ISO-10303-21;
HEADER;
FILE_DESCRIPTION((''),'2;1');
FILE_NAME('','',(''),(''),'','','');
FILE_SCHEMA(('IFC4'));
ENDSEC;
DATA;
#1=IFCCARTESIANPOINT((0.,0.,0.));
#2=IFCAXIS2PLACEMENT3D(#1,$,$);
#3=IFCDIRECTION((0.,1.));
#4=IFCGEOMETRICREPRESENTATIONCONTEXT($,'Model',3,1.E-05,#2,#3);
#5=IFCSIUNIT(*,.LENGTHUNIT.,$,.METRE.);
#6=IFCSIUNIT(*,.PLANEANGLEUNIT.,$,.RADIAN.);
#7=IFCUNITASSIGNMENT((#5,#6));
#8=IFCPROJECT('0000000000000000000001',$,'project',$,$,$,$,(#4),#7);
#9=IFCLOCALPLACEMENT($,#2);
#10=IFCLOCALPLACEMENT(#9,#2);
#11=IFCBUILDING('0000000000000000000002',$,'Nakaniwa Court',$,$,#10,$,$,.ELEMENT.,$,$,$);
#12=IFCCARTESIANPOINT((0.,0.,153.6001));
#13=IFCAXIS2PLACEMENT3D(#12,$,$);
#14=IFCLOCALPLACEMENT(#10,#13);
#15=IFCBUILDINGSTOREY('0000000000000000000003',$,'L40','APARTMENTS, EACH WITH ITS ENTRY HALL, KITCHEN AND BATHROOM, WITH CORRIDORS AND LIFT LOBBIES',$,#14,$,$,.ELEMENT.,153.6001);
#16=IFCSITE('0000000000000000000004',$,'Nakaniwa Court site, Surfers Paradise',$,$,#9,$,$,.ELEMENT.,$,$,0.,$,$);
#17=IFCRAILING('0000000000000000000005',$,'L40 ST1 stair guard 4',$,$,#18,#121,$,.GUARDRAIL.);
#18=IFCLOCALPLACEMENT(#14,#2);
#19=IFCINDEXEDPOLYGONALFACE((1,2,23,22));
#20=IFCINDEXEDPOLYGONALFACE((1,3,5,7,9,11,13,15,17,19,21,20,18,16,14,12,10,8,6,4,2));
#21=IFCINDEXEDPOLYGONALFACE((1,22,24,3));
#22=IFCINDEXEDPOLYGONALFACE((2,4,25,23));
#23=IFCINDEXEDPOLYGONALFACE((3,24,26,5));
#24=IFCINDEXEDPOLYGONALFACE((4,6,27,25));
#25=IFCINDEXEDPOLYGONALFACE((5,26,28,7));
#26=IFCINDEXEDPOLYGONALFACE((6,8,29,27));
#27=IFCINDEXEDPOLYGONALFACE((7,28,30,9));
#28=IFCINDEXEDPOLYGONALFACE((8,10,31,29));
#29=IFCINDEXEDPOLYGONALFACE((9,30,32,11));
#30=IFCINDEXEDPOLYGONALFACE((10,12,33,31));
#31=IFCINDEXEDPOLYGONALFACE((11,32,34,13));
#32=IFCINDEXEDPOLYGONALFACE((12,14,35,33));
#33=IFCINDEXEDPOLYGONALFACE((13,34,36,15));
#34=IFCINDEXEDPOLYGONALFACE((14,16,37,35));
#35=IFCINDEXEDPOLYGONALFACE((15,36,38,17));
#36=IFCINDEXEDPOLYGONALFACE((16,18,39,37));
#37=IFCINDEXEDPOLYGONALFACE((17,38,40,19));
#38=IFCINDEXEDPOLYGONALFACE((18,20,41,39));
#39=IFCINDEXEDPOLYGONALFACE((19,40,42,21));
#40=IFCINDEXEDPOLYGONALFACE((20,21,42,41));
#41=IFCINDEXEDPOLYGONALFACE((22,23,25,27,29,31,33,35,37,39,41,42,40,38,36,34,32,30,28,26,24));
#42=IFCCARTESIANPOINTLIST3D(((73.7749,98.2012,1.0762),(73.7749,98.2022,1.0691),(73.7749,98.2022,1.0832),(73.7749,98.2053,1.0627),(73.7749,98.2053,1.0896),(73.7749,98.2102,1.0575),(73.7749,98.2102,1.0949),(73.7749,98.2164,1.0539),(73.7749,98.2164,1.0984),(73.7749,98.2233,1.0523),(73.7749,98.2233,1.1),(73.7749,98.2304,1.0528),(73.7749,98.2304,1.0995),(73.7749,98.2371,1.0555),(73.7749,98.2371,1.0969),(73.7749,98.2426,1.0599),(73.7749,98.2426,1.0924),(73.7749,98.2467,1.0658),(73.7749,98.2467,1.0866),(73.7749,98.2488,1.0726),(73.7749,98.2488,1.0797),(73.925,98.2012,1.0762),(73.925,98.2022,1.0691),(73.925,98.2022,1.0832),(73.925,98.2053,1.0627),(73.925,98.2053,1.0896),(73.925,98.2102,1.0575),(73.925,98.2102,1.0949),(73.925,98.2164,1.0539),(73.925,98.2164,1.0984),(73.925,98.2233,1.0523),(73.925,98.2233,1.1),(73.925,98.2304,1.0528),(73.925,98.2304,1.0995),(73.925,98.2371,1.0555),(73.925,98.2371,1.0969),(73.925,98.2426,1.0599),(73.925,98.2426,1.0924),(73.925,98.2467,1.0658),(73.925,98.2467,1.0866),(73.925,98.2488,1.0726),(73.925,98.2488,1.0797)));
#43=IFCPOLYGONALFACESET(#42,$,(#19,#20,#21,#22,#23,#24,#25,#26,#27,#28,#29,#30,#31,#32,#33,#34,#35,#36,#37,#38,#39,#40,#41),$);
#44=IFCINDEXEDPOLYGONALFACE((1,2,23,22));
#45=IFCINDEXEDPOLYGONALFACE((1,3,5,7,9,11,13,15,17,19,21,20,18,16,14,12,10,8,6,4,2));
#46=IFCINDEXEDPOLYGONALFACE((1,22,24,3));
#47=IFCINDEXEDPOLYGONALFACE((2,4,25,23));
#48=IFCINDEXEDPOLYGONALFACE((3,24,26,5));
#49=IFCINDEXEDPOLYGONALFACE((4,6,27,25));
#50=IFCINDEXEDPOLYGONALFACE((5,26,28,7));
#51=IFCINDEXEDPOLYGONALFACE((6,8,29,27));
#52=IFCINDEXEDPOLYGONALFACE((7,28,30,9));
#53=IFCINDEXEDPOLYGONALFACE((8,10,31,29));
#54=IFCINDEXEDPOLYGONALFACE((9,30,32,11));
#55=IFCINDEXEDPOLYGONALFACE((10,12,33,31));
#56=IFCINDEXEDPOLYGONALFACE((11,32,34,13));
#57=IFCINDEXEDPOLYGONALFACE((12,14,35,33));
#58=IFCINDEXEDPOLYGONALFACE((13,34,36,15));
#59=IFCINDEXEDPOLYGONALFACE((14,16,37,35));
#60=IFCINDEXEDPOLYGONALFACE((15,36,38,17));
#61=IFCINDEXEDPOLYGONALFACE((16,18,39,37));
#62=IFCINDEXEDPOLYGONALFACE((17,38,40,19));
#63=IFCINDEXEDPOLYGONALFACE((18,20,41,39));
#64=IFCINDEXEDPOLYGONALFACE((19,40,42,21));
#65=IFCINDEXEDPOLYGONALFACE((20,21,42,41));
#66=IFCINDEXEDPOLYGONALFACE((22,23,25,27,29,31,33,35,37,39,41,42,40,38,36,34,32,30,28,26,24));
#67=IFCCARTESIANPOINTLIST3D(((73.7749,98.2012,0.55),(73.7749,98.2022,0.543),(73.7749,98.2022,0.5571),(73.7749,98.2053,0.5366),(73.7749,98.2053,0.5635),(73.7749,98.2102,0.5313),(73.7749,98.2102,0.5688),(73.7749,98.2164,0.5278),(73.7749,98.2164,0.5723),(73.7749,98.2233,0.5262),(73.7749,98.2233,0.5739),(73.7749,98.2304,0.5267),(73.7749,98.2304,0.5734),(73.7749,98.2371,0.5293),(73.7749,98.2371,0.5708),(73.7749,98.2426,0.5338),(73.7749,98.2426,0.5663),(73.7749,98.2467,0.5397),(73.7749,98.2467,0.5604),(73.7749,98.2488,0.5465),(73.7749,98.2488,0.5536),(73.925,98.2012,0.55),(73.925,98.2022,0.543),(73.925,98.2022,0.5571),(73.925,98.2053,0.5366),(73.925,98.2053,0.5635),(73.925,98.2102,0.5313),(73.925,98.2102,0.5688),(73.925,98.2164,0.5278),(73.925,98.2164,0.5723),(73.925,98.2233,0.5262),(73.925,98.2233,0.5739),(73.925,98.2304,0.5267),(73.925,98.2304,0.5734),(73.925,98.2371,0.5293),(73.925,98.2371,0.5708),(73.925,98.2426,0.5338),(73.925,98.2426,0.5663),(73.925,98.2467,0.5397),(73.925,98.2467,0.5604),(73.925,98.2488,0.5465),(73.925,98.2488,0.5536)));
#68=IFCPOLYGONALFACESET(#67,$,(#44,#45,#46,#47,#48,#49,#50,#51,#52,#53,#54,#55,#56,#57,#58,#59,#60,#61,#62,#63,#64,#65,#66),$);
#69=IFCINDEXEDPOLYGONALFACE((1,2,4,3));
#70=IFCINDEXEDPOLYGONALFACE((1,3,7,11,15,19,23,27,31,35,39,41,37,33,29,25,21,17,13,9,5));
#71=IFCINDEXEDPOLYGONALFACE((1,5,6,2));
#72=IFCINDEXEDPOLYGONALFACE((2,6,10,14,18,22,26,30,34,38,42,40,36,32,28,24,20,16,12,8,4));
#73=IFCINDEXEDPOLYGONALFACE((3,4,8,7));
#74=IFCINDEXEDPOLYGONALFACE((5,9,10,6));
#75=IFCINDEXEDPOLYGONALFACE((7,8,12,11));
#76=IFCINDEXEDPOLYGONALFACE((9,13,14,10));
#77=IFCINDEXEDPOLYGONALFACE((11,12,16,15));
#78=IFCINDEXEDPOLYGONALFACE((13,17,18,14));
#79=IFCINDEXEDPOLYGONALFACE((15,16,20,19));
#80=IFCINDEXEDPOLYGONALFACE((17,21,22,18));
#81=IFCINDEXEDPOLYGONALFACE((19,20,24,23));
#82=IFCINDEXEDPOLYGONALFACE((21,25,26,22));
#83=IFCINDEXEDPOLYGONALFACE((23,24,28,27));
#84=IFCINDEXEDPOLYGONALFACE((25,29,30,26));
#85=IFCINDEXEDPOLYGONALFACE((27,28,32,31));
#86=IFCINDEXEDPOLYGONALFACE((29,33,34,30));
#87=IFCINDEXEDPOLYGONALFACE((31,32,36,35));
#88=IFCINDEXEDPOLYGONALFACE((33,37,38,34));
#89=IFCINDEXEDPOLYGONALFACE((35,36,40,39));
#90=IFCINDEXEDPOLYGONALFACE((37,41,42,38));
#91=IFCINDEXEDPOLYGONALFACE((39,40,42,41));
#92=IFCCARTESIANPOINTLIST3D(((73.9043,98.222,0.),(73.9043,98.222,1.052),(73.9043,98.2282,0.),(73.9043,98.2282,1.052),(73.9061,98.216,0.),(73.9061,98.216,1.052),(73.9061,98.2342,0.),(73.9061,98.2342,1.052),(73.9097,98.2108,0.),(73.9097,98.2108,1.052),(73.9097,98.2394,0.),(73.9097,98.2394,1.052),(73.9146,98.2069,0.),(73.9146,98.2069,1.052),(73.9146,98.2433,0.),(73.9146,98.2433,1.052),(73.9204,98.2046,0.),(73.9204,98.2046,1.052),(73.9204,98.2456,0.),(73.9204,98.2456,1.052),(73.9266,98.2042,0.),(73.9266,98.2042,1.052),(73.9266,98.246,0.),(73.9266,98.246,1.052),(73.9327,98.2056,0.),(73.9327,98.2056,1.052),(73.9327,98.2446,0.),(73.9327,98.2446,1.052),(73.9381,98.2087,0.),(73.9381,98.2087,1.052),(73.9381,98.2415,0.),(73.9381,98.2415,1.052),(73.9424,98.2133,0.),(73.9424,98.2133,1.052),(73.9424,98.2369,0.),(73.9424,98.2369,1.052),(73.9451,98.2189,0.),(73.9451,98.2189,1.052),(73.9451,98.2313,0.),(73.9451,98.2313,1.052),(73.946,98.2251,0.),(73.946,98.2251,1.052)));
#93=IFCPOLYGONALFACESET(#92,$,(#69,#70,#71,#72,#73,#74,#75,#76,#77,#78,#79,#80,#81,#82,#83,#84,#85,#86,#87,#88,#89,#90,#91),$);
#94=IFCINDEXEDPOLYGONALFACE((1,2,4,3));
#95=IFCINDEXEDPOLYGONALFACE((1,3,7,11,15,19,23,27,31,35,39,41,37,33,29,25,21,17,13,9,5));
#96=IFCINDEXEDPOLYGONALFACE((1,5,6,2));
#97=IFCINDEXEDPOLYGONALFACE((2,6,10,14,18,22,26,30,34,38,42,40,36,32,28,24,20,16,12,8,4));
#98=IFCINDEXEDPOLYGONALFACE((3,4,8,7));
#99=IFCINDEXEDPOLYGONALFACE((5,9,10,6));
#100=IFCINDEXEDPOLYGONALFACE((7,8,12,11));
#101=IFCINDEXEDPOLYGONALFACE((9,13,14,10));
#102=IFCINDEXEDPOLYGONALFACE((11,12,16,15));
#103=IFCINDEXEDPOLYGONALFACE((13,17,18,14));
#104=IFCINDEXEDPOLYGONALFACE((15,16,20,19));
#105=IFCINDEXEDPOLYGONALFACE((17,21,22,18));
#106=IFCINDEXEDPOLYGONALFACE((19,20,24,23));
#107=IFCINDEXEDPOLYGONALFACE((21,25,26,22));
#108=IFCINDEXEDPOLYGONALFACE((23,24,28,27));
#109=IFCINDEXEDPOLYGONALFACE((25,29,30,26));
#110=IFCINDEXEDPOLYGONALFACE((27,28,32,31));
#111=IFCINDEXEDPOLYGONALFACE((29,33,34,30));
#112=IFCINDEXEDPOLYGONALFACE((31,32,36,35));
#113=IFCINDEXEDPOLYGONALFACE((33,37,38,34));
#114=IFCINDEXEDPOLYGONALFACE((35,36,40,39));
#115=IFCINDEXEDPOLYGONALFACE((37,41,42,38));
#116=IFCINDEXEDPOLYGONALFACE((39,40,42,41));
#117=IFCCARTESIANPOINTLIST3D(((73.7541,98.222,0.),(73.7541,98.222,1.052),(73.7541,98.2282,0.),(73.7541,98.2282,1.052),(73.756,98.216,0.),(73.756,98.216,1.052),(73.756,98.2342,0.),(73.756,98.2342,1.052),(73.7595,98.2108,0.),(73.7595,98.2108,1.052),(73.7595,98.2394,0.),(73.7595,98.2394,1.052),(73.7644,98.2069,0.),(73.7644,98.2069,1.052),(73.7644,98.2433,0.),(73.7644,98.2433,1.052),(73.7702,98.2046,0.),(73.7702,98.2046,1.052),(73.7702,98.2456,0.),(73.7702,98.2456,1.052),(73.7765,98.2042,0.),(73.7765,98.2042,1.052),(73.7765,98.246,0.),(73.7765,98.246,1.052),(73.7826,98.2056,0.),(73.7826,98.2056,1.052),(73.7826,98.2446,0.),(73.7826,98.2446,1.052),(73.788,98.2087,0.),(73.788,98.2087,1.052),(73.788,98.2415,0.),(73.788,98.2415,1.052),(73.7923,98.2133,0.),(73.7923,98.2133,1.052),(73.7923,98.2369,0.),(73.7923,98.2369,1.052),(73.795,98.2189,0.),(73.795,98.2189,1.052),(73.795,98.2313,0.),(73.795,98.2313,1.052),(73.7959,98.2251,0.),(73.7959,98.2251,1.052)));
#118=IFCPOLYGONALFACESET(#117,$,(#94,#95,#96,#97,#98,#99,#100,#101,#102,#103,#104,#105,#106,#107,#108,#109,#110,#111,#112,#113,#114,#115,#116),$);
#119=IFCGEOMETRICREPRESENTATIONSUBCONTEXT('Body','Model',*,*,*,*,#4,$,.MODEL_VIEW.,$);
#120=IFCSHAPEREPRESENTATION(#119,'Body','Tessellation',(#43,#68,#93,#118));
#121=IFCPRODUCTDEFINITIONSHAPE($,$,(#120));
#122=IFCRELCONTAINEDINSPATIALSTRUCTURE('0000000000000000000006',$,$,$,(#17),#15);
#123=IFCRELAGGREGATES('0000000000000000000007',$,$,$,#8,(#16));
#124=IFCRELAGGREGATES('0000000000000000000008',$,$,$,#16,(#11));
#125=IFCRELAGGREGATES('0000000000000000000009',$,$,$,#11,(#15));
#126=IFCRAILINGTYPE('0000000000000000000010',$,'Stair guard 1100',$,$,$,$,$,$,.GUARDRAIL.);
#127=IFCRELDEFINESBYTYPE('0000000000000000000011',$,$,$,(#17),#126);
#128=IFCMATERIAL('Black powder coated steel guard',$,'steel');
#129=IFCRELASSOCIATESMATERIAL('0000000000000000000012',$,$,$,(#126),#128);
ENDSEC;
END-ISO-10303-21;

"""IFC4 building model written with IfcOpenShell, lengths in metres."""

from ifc_helpers import new_model, si_unit, direction, frame, origin, origin_2d, place, context, subcontext, project, spatial, circle, extrude, material, type_object, element, save


model = new_model("IFC4")

# Units and contexts
model_context = context("Model", 3, precision=1e-05, world=origin(), true_north=direction((0.0, 1.0)))
body_context = subcontext(model_context, "Body", "Model", "MODEL_VIEW")
ifc_project = project(units=[si_unit("LENGTHUNIT", "METRE"), si_unit("PLANEANGLEUNIT", "RADIAN")], contexts=[model_context])

# Site, building, storey
site_placement = place(None, origin())
site = spatial("IfcSite", under=ifc_project, at=site_placement, Name="Nakaniwa Court site, Surfers Paradise", CompositionType="ELEMENT", RefElevation=0.0)
building_placement = place(site_placement, origin())
building = spatial("IfcBuilding", under=site, at=building_placement, Name="Nakaniwa Court", CompositionType="ELEMENT")
storey_placement = place(building_placement, frame((0.0, 0.0, 153.6001)))
storey = spatial("IfcBuildingStorey", under=building, at=storey_placement, Name="L40", Description="APARTMENTS, EACH WITH ITS ENTRY HALL, KITCHEN AND BATHROOM, WITH CORRIDORS AND LIFT LOBBIES", CompositionType="ELEMENT", Elevation=153.6001)

# Railing
ifc_material_1 = material(Name="Black powder coated steel guard", Category="steel")
railing_type_1 = type_object("IfcRailingType", Name="Stair guard 1100", PredefinedType="GUARDRAIL", material=ifc_material_1)
railing_1_placement = place(storey_placement, frame((73.925, 98.2251, 0.0)))
element("IfcRailing", 1, at=railing_1_placement, inside=storey, type_object=railing_type_1, Name="L40 ST1 stair guard 4", PredefinedType="GUARDRAIL", context=body_context, shape_type="SweptSolid", body=[
    extrude(circle(Radius=0.0239, at=origin_2d()), frame((0.0, 0.0, 1.0762), z_axis=(-1.0, 0.0, 0.0), x_axis=(0.0, -1.0, 0.0)), (0.0, 0.0, 1.0), 0.1501),
    extrude(circle(Radius=0.0239, at=origin_2d()), frame((0.0, 0.0, 0.55), z_axis=(-1.0, 0.0, 0.0), x_axis=(0.0, -1.0, 0.0)), (0.0, 0.0, 1.0), 0.1501),
    extrude(circle(Radius=0.021, at=origin_2d()), origin(), (0.0, 0.0, 1.0), 1.052),
    extrude(circle(Radius=0.021, at=origin_2d()), frame((-0.1501, 0.0, 0.0)), (0.0, 0.0, 1.0), 1.052),
])

save(model, "model.ifc")
